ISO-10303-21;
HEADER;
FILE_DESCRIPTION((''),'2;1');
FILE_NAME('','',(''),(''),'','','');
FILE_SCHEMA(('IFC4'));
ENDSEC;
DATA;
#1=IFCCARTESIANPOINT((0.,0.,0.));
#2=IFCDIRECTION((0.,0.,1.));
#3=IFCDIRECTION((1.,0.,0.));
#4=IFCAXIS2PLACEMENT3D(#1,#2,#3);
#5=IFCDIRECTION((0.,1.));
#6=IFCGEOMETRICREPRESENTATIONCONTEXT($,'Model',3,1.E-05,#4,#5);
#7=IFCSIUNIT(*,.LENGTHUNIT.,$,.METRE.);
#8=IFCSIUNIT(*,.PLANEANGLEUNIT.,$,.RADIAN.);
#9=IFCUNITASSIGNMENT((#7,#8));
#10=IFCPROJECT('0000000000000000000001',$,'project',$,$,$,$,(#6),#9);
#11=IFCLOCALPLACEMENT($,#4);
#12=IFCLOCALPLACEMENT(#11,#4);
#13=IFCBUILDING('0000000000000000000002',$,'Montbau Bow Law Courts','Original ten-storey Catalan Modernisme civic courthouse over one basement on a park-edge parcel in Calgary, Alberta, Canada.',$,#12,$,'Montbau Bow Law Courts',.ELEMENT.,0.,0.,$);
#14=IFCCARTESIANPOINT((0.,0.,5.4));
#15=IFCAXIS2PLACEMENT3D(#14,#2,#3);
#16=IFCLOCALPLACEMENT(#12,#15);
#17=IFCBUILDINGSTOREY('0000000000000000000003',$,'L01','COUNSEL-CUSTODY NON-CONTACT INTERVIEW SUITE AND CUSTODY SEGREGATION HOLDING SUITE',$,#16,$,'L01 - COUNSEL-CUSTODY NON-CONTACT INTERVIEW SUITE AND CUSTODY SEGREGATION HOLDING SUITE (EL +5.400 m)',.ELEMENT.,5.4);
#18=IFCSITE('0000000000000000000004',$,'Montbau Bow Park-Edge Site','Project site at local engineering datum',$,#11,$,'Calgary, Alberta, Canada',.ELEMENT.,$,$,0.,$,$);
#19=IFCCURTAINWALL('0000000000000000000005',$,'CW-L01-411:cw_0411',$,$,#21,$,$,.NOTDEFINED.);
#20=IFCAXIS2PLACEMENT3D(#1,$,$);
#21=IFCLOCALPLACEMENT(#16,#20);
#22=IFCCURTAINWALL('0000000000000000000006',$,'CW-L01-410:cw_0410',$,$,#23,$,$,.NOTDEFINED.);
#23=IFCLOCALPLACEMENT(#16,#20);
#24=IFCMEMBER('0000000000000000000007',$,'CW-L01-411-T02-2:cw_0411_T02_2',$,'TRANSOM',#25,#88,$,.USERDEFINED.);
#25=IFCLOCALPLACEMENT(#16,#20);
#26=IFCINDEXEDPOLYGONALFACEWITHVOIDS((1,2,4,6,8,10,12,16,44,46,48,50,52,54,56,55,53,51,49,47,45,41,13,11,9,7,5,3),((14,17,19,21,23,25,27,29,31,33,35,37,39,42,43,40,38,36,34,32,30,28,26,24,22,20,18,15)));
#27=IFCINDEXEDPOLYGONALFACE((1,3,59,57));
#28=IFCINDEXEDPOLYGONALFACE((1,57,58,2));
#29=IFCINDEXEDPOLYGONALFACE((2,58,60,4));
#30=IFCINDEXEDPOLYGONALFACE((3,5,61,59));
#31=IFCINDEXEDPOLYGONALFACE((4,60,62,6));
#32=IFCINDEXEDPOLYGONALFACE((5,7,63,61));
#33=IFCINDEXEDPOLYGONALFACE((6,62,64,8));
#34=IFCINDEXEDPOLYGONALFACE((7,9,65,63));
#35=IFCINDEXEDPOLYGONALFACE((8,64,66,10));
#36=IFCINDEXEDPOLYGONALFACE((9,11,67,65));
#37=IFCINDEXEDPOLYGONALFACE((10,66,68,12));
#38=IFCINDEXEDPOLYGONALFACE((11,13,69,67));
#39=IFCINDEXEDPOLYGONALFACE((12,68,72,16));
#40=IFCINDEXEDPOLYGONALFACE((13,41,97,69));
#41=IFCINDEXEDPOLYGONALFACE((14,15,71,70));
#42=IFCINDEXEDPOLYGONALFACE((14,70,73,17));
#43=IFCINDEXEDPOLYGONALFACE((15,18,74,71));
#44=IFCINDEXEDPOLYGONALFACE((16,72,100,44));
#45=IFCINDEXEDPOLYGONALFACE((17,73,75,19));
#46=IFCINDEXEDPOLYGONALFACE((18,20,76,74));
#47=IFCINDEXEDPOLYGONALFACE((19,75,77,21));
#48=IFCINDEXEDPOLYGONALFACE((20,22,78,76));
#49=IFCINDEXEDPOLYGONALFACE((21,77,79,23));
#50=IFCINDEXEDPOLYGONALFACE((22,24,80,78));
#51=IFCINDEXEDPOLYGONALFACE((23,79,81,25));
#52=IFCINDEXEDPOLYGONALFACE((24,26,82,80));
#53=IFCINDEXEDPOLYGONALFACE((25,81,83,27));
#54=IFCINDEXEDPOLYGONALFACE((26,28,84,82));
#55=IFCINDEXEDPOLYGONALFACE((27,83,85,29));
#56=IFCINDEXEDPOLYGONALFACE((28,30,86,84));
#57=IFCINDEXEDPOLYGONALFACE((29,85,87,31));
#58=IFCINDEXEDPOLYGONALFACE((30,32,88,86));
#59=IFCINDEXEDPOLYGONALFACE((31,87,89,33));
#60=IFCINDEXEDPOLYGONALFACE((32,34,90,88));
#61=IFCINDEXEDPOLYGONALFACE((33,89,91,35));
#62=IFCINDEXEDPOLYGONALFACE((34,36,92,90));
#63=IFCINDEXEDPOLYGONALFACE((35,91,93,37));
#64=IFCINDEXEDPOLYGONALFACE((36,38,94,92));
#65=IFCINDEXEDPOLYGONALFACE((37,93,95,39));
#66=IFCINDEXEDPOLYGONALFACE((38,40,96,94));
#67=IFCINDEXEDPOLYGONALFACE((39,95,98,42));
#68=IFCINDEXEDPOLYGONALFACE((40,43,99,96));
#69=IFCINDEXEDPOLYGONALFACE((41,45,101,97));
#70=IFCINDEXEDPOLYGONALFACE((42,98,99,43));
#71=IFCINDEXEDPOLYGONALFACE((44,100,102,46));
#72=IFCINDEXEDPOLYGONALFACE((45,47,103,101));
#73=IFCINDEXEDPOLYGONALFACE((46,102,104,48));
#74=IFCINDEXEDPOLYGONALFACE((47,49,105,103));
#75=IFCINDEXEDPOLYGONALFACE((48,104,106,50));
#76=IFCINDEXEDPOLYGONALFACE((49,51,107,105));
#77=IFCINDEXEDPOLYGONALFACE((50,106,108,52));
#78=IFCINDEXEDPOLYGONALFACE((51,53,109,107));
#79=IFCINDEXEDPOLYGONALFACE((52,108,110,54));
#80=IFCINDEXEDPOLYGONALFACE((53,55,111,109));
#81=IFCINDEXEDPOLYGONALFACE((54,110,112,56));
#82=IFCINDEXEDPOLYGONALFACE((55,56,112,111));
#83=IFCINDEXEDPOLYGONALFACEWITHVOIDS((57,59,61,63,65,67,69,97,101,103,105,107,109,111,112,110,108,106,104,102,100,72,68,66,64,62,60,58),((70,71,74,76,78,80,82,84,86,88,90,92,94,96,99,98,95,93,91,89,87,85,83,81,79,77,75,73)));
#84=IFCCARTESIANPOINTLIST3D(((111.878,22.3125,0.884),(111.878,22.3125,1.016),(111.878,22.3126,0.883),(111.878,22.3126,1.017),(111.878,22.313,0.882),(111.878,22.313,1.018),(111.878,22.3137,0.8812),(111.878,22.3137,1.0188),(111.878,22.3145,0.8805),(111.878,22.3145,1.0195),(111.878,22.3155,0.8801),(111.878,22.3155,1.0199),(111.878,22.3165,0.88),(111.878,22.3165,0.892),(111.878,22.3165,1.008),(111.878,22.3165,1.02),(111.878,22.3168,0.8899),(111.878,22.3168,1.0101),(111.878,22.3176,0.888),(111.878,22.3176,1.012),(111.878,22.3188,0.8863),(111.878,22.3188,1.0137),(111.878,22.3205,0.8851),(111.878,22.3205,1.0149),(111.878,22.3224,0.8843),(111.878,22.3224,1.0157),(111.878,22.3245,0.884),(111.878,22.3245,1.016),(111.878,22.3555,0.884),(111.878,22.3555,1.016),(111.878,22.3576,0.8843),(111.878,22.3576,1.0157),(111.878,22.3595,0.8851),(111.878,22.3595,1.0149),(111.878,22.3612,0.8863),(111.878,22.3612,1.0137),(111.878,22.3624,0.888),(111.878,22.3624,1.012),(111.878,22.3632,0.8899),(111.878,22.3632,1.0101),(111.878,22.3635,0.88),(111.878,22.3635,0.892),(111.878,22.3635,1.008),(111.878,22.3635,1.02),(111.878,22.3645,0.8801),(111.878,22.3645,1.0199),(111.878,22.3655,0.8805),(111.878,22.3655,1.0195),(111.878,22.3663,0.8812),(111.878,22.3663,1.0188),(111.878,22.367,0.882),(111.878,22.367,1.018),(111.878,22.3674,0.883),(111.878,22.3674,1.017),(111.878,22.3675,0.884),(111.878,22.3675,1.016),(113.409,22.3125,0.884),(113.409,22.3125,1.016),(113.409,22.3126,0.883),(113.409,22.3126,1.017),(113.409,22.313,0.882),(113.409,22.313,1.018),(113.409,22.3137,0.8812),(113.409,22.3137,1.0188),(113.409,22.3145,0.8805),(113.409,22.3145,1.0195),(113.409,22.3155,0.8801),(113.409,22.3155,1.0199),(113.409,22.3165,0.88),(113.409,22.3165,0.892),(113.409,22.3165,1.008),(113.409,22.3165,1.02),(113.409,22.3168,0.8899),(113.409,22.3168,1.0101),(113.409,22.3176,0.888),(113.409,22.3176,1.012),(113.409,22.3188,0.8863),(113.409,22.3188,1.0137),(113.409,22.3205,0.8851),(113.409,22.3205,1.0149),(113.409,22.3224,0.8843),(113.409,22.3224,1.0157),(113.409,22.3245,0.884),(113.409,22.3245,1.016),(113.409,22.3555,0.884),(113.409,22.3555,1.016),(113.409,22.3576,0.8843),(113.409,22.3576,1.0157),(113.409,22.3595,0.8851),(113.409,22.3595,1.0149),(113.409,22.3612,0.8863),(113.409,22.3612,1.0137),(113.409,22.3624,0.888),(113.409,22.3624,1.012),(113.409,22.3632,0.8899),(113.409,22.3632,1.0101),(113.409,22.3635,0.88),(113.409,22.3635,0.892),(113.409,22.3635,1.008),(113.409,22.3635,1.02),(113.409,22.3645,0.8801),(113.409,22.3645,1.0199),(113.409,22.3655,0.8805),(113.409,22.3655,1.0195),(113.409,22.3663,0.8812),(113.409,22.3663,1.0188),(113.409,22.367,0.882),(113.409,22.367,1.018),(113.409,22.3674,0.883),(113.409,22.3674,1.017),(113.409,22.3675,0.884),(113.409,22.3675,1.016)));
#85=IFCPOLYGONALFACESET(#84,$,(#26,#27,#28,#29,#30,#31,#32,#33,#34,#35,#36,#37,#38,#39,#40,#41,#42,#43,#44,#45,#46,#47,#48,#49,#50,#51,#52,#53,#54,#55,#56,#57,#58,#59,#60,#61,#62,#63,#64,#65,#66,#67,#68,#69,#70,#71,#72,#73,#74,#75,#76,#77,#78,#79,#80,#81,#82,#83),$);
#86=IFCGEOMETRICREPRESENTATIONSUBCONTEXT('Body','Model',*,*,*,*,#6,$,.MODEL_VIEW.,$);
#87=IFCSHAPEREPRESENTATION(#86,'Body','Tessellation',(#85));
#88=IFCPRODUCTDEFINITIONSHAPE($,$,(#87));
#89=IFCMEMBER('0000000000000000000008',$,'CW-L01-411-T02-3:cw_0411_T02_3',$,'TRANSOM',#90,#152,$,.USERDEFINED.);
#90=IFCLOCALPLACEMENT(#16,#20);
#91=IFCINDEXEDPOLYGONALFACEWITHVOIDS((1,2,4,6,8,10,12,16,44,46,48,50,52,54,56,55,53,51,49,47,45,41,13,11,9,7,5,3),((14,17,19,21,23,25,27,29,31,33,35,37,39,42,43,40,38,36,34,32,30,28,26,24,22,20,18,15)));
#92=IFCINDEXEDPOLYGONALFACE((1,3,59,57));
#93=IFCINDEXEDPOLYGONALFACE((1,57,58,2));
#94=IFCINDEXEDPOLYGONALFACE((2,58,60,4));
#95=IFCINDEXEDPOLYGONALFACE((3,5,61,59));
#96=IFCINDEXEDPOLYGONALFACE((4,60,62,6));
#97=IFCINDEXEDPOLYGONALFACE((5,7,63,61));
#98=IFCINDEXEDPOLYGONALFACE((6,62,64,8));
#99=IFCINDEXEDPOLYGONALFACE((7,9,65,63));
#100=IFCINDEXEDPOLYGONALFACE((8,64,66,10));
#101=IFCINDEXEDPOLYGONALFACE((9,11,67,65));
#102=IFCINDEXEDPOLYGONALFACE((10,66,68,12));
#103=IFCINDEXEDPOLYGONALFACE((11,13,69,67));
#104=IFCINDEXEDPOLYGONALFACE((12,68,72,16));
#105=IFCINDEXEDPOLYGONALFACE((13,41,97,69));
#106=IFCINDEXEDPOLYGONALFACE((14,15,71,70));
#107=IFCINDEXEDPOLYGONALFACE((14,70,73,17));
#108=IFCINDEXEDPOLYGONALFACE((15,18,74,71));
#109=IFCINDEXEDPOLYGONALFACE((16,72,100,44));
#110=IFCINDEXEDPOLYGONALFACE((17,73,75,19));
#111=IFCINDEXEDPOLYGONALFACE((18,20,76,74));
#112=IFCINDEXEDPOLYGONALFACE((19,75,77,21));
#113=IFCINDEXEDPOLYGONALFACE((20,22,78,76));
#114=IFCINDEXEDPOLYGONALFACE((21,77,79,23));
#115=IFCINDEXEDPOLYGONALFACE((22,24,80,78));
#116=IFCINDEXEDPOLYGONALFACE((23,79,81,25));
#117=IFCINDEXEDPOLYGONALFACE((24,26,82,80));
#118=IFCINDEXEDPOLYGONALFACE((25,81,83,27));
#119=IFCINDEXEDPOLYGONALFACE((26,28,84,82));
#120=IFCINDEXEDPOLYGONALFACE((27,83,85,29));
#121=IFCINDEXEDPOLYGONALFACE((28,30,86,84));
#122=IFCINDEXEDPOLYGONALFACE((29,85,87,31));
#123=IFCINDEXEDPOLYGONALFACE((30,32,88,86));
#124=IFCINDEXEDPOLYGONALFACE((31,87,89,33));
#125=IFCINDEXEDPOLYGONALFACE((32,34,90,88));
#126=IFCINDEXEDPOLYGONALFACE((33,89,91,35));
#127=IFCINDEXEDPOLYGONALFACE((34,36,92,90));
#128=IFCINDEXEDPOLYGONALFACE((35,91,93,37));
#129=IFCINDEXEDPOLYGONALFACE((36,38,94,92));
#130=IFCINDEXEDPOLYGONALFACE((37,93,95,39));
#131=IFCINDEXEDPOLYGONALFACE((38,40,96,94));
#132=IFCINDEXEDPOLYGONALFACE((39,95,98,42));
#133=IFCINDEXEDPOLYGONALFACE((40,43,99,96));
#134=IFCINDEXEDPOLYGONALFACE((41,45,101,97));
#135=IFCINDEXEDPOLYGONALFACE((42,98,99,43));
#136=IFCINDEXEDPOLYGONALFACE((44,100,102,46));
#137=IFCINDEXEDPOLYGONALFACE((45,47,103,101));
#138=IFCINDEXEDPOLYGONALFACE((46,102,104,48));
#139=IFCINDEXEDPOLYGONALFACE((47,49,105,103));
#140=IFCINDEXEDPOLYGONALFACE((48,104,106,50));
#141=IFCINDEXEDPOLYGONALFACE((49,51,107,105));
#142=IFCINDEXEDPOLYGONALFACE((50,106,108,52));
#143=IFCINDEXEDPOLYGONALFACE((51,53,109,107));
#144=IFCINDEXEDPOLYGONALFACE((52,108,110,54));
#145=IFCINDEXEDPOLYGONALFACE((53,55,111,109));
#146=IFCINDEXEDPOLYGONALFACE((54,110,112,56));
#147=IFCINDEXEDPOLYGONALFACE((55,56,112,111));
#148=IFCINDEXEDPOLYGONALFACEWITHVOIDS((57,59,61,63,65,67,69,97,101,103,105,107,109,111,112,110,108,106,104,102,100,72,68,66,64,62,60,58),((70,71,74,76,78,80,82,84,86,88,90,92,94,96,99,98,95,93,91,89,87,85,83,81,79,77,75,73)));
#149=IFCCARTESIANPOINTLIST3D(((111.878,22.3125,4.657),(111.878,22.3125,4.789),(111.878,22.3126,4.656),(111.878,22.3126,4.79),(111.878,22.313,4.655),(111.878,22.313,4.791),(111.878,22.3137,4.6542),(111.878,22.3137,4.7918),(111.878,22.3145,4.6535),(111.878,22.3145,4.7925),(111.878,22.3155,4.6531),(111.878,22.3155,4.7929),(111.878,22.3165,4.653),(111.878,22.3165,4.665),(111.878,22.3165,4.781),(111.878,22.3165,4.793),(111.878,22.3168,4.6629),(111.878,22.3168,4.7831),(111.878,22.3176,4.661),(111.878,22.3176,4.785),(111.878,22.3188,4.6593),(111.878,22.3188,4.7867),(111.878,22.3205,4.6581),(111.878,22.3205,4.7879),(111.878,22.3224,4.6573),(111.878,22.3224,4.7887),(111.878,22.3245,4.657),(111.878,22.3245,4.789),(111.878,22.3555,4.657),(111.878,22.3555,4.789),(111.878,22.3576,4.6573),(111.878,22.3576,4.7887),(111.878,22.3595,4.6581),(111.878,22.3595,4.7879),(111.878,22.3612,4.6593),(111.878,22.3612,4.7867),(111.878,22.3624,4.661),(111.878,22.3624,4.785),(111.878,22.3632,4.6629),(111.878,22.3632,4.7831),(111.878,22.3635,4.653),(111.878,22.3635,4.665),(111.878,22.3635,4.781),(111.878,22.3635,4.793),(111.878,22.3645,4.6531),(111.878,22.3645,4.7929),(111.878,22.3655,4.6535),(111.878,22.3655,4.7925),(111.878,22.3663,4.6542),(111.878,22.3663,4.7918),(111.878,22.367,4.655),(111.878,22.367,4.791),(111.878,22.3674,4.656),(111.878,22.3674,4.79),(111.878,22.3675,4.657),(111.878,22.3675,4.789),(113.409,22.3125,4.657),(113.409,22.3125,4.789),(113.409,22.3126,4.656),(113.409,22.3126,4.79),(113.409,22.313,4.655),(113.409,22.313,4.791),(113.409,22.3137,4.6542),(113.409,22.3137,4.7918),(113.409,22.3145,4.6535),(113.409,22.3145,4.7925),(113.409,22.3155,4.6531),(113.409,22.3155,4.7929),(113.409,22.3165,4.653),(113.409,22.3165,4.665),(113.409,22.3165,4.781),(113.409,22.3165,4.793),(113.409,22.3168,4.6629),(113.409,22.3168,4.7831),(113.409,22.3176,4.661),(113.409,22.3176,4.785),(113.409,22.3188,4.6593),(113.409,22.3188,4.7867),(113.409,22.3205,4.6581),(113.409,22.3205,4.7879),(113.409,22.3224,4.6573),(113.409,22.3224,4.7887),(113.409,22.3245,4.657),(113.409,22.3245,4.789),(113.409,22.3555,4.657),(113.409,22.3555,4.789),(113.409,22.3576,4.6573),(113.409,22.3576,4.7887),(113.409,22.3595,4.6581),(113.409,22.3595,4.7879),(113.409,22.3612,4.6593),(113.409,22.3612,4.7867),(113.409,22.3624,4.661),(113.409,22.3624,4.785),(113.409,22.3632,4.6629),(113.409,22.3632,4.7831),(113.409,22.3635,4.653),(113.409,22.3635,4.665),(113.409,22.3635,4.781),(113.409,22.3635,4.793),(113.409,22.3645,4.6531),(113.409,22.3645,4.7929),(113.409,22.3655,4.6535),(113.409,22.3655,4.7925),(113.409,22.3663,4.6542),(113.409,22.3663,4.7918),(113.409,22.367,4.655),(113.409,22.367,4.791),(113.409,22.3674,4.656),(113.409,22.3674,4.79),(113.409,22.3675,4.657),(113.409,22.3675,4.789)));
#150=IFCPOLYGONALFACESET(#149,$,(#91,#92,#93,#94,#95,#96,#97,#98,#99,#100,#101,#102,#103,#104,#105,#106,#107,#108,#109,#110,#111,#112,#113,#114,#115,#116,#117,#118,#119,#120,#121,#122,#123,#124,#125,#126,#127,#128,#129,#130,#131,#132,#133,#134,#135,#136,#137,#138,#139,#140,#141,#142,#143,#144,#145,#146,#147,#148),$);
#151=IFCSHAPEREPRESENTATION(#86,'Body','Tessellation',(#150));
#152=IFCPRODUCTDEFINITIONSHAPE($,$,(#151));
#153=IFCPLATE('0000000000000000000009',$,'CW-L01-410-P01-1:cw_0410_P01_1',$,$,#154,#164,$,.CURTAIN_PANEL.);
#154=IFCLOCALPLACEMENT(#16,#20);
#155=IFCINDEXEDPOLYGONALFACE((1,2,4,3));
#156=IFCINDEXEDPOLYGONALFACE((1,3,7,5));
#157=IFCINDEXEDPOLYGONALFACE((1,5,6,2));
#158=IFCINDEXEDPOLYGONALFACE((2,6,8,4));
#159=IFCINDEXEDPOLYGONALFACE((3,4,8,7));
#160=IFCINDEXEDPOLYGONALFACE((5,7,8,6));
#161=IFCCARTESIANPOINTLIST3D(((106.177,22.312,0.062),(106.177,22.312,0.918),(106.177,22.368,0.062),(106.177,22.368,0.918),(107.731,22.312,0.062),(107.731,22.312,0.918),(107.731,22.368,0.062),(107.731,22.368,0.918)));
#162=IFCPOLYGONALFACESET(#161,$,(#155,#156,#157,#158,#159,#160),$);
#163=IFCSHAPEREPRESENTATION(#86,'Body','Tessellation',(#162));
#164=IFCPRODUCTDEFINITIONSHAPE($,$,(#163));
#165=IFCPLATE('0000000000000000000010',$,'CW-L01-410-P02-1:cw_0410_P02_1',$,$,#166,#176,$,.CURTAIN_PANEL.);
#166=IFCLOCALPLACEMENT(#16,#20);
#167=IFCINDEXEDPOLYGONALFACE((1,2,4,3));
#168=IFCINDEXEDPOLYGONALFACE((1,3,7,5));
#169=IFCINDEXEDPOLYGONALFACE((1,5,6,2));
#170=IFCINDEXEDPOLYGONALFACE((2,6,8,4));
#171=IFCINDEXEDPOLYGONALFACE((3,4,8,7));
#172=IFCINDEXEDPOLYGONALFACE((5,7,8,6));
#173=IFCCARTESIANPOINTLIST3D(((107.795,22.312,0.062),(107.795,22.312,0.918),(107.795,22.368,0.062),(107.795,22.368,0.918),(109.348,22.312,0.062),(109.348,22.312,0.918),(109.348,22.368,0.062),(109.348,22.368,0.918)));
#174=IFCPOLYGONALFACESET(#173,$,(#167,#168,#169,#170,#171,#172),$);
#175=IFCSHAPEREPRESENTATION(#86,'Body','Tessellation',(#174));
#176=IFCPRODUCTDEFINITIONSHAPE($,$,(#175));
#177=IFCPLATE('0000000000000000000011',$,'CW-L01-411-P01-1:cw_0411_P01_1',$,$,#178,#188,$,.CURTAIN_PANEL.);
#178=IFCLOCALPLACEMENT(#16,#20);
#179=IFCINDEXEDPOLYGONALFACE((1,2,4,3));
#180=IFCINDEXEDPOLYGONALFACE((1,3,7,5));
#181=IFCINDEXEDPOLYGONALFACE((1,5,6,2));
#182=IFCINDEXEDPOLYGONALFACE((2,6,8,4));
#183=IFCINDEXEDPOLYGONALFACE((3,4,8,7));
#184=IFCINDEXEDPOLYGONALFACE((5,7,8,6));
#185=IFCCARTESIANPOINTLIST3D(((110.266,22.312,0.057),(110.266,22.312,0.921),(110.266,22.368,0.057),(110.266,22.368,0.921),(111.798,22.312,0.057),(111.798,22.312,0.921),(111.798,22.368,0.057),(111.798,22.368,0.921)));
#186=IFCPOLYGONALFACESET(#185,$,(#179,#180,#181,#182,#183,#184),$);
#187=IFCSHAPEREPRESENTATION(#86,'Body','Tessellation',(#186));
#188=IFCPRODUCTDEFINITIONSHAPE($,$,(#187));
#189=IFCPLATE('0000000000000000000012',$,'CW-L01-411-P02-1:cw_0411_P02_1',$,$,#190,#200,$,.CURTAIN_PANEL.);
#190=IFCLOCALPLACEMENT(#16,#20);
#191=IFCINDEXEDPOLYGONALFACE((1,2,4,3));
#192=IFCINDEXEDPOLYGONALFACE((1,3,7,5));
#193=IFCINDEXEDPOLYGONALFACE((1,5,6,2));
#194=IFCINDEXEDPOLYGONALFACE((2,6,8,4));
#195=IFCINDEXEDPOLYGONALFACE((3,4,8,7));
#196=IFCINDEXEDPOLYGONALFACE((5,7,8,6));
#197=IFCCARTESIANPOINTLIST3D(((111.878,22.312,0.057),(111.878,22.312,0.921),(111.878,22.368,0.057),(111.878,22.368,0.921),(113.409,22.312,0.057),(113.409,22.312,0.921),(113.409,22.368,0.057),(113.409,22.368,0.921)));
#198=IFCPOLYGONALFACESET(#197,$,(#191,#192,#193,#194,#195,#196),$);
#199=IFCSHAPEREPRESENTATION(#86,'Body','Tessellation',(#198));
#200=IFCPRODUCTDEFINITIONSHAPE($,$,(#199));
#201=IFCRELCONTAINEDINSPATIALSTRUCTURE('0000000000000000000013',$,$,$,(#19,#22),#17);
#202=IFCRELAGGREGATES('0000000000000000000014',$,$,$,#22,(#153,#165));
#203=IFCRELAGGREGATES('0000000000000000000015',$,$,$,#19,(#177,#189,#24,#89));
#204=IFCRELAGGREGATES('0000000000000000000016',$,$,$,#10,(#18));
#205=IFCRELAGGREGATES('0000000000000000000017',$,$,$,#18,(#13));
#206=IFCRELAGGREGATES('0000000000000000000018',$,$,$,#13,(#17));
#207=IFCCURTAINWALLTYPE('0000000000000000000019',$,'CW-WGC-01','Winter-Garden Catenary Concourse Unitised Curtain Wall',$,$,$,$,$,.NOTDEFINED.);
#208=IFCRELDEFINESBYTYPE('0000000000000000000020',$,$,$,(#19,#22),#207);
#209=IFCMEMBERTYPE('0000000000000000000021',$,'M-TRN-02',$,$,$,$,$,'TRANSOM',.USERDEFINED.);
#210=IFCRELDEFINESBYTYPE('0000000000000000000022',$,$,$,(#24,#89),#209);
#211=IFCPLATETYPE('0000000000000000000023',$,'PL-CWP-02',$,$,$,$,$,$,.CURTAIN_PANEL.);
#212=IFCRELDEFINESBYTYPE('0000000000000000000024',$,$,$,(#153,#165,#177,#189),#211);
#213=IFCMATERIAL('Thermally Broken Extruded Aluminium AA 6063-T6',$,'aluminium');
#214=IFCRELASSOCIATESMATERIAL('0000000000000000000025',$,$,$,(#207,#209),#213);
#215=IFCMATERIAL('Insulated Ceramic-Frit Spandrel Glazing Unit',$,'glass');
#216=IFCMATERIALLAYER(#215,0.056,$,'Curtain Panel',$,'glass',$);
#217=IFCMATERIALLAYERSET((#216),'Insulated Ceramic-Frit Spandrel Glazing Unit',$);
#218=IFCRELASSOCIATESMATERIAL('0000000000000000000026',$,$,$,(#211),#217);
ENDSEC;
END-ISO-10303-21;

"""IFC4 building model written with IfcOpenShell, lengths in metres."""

from ifc_helpers import new_model, si_unit, direction, frame, frame_2d, origin_with_axes, origin_2d_with_axis, place, context, subcontext, project, spatial, rectangle, hollow_rectangle, extrude, material, layer, layer_set, material_profile, profile_set, type_object, element, aggregate, save


model = new_model("IFC4")

# Units and contexts
model_context = context("Model", 3, precision=1e-05, world=origin_with_axes(), true_north=direction((0.0, 1.0)))
body_context = subcontext(model_context, "Body", "Model", "MODEL_VIEW")
ifc_project = project(units=[si_unit("LENGTHUNIT", "METRE"), si_unit("PLANEANGLEUNIT", "RADIAN")], contexts=[model_context])

# Site, building, storey
site_placement = place(None, origin_with_axes())
site = spatial("IfcSite", under=ifc_project, at=site_placement, Name="Montbau Bow Park-Edge Site", Description="Project site at local engineering datum", LongName="Calgary, Alberta, Canada", CompositionType="ELEMENT", RefElevation=0.0)
building_placement = place(site_placement, origin_with_axes())
building = spatial("IfcBuilding", under=site, at=building_placement, Name="Montbau Bow Law Courts", Description="Original ten-storey Catalan Modernisme civic courthouse over one basement on a park-edge parcel in Calgary, Alberta, Canada.", LongName="Montbau Bow Law Courts", CompositionType="ELEMENT", ElevationOfRefHeight=0.0, ElevationOfTerrain=0.0)
storey_placement = place(building_placement, frame((0.0, 0.0, 5.4), z_axis=(0.0, 0.0, 1.0), x_axis=(1.0, 0.0, 0.0)))
storey = spatial("IfcBuildingStorey", under=building, at=storey_placement, Name="L01", Description="COUNSEL-CUSTODY NON-CONTACT INTERVIEW SUITE AND CUSTODY SEGREGATION HOLDING SUITE", LongName="L01 - COUNSEL-CUSTODY NON-CONTACT INTERVIEW SUITE AND CUSTODY SEGREGATION HOLDING SUITE (EL +5.400 m)", CompositionType="ELEMENT", Elevation=5.4)

# Curtain wall
ifc_material_1 = material(Name="Thermally Broken Extruded Aluminium AA 6063-T6", Category="aluminium")
curtain_wall_type_1 = type_object("IfcCurtainWallType", Name="CW-WGC-01", Description="Winter-Garden Catenary Concourse Unitised Curtain Wall", PredefinedType="NOTDEFINED", material=ifc_material_1)
curtain_wall_1_placement = place(None, frame((110.19, 22.34, 5.4), z_axis=(0.0, 0.0, 1.0), x_axis=(1.0, 0.0, 0.0)))
curtain_wall_1 = element("IfcCurtainWall", 1, at=curtain_wall_1_placement, inside=storey, type_object=curtain_wall_type_1, Name="CW-L01-411:cw_0411", PredefinedType="NOTDEFINED")

# Curtain wall
curtain_wall_2_placement = place(None, frame((106.115, 22.34, 5.4), z_axis=(0.0, 0.0, 1.0), x_axis=(1.0, 0.0, 0.0)))
curtain_wall_2 = element("IfcCurtainWall", 2, at=curtain_wall_2_placement, inside=storey, type_object=curtain_wall_type_1, Name="CW-L01-410:cw_0410", PredefinedType="NOTDEFINED")

# Members
ifc_material_profile_1 = material_profile(ifc_material_1, hollow_rectangle(XDim=0.055, YDim=0.14, WallThickness=0.004, InnerFilletRadius=0.008, OuterFilletRadius=0.004, at=origin_2d_with_axis()), Name="CWT-140X55", Category="Main", Priority=0)
ifc_profile_set_1 = profile_set([ifc_material_profile_1], Name="Thermally Broken Extruded Aluminium AA 6063-T6")
member_type_1 = type_object("IfcMemberType", Name="M-TRN-02", ElementType="TRANSOM", PredefinedType="USERDEFINED", material=ifc_profile_set_1)
member_1_placement = place(None, frame((111.878, 22.34, 6.35), z_axis=(1.0, 0.0, 0.0), x_axis=(0.0, 1.0, 0.0)))
member_1 = element("IfcMember", 3, at=member_1_placement, type_object=member_type_1, Name="CW-L01-411-T02-2:cw_0411_T02_2", ObjectType="TRANSOM", PredefinedType="USERDEFINED", context=body_context, shape_type="SweptSolid", body=[
    extrude(hollow_rectangle(XDim=0.055, YDim=0.14, WallThickness=0.004, InnerFilletRadius=0.008, OuterFilletRadius=0.004, at=origin_2d_with_axis()), origin_with_axes(), (0.0, 0.0, 1.0), 1.531),
])
member_2_placement = place(None, frame((111.878, 22.34, 10.123), z_axis=(1.0, 0.0, 0.0), x_axis=(0.0, 1.0, 0.0)))
member_2 = element("IfcMember", 4, at=member_2_placement, type_object=member_type_1, Name="CW-L01-411-T02-3:cw_0411_T02_3", ObjectType="TRANSOM", PredefinedType="USERDEFINED", context=body_context, shape_type="SweptSolid", body=[
    extrude(hollow_rectangle(XDim=0.055, YDim=0.14, WallThickness=0.004, InnerFilletRadius=0.008, OuterFilletRadius=0.004, at=origin_2d_with_axis()), origin_with_axes(), (0.0, 0.0, 1.0), 1.531),
])

# Plates
ifc_material_2 = material(Name="Insulated Ceramic-Frit Spandrel Glazing Unit", Category="glass")
ifc_layer_1 = layer(ifc_material_2, 0.056, Name="Curtain Panel", Category="glass")
ifc_layer_set_1 = layer_set([ifc_layer_1], Name="Insulated Ceramic-Frit Spandrel Glazing Unit")
plate_type_1 = type_object("IfcPlateType", Name="PL-CWP-02", PredefinedType="CURTAIN_PANEL", material=ifc_layer_set_1)
plate_1_placement = place(None, frame((106.177, 22.34, 5.462), z_axis=(0.0, -1.0, 0.0), x_axis=(1.0, 0.0, 0.0)))
plate_1 = element("IfcPlate", 5, at=plate_1_placement, type_object=plate_type_1, Name="CW-L01-410-P01-1:cw_0410_P01_1", PredefinedType="CURTAIN_PANEL", context=body_context, shape_type="SweptSolid", body=[
    extrude(rectangle(XDim=1.554, YDim=0.856, at=frame_2d((0.777, 0.428), x_axis=(1.0, 0.0))), frame((0.0, 0.0, -0.028), z_axis=(0.0, 0.0, 1.0), x_axis=(1.0, 0.0, 0.0)), (0.0, 0.0, 1.0), 0.056),
])
plate_2_placement = place(None, frame((107.795, 22.34, 5.462), z_axis=(0.0, -1.0, 0.0), x_axis=(1.0, 0.0, 0.0)))
plate_2 = element("IfcPlate", 6, at=plate_2_placement, type_object=plate_type_1, Name="CW-L01-410-P02-1:cw_0410_P02_1", PredefinedType="CURTAIN_PANEL", context=body_context, shape_type="SweptSolid", body=[
    extrude(rectangle(XDim=1.553, YDim=0.856, at=frame_2d((0.7765, 0.428), x_axis=(1.0, 0.0))), frame((0.0, 0.0, -0.028), z_axis=(0.0, 0.0, 1.0), x_axis=(1.0, 0.0, 0.0)), (0.0, 0.0, 1.0), 0.056),
])
plate_3_placement = place(None, frame((110.266, 22.34, 5.457), z_axis=(0.0, -1.0, 0.0), x_axis=(1.0, 0.0, 0.0)))
plate_3 = element("IfcPlate", 7, at=plate_3_placement, type_object=plate_type_1, Name="CW-L01-411-P01-1:cw_0411_P01_1", PredefinedType="CURTAIN_PANEL", context=body_context, shape_type="SweptSolid", body=[
    extrude(rectangle(XDim=1.532, YDim=0.864, at=frame_2d((0.766, 0.432), x_axis=(1.0, 0.0))), frame((0.0, 0.0, -0.028), z_axis=(0.0, 0.0, 1.0), x_axis=(1.0, 0.0, 0.0)), (0.0, 0.0, 1.0), 0.056),
])
plate_4_placement = place(None, frame((111.878, 22.34, 5.457), z_axis=(0.0, -1.0, 0.0), x_axis=(1.0, 0.0, 0.0)))
plate_4 = element("IfcPlate", 8, at=plate_4_placement, type_object=plate_type_1, Name="CW-L01-411-P02-1:cw_0411_P02_1", PredefinedType="CURTAIN_PANEL", context=body_context, shape_type="SweptSolid", body=[
    extrude(rectangle(XDim=1.531, YDim=0.864, at=frame_2d((0.7655, 0.432), x_axis=(1.0, 0.0))), frame((0.0, 0.0, -0.028), z_axis=(0.0, 0.0, 1.0), x_axis=(1.0, 0.0, 0.0)), (0.0, 0.0, 1.0), 0.056),
])
aggregate(curtain_wall_2, [plate_1, plate_2])
aggregate(curtain_wall_1, [plate_3, plate_4, member_1, member_2])

save(model, "model.ifc")
